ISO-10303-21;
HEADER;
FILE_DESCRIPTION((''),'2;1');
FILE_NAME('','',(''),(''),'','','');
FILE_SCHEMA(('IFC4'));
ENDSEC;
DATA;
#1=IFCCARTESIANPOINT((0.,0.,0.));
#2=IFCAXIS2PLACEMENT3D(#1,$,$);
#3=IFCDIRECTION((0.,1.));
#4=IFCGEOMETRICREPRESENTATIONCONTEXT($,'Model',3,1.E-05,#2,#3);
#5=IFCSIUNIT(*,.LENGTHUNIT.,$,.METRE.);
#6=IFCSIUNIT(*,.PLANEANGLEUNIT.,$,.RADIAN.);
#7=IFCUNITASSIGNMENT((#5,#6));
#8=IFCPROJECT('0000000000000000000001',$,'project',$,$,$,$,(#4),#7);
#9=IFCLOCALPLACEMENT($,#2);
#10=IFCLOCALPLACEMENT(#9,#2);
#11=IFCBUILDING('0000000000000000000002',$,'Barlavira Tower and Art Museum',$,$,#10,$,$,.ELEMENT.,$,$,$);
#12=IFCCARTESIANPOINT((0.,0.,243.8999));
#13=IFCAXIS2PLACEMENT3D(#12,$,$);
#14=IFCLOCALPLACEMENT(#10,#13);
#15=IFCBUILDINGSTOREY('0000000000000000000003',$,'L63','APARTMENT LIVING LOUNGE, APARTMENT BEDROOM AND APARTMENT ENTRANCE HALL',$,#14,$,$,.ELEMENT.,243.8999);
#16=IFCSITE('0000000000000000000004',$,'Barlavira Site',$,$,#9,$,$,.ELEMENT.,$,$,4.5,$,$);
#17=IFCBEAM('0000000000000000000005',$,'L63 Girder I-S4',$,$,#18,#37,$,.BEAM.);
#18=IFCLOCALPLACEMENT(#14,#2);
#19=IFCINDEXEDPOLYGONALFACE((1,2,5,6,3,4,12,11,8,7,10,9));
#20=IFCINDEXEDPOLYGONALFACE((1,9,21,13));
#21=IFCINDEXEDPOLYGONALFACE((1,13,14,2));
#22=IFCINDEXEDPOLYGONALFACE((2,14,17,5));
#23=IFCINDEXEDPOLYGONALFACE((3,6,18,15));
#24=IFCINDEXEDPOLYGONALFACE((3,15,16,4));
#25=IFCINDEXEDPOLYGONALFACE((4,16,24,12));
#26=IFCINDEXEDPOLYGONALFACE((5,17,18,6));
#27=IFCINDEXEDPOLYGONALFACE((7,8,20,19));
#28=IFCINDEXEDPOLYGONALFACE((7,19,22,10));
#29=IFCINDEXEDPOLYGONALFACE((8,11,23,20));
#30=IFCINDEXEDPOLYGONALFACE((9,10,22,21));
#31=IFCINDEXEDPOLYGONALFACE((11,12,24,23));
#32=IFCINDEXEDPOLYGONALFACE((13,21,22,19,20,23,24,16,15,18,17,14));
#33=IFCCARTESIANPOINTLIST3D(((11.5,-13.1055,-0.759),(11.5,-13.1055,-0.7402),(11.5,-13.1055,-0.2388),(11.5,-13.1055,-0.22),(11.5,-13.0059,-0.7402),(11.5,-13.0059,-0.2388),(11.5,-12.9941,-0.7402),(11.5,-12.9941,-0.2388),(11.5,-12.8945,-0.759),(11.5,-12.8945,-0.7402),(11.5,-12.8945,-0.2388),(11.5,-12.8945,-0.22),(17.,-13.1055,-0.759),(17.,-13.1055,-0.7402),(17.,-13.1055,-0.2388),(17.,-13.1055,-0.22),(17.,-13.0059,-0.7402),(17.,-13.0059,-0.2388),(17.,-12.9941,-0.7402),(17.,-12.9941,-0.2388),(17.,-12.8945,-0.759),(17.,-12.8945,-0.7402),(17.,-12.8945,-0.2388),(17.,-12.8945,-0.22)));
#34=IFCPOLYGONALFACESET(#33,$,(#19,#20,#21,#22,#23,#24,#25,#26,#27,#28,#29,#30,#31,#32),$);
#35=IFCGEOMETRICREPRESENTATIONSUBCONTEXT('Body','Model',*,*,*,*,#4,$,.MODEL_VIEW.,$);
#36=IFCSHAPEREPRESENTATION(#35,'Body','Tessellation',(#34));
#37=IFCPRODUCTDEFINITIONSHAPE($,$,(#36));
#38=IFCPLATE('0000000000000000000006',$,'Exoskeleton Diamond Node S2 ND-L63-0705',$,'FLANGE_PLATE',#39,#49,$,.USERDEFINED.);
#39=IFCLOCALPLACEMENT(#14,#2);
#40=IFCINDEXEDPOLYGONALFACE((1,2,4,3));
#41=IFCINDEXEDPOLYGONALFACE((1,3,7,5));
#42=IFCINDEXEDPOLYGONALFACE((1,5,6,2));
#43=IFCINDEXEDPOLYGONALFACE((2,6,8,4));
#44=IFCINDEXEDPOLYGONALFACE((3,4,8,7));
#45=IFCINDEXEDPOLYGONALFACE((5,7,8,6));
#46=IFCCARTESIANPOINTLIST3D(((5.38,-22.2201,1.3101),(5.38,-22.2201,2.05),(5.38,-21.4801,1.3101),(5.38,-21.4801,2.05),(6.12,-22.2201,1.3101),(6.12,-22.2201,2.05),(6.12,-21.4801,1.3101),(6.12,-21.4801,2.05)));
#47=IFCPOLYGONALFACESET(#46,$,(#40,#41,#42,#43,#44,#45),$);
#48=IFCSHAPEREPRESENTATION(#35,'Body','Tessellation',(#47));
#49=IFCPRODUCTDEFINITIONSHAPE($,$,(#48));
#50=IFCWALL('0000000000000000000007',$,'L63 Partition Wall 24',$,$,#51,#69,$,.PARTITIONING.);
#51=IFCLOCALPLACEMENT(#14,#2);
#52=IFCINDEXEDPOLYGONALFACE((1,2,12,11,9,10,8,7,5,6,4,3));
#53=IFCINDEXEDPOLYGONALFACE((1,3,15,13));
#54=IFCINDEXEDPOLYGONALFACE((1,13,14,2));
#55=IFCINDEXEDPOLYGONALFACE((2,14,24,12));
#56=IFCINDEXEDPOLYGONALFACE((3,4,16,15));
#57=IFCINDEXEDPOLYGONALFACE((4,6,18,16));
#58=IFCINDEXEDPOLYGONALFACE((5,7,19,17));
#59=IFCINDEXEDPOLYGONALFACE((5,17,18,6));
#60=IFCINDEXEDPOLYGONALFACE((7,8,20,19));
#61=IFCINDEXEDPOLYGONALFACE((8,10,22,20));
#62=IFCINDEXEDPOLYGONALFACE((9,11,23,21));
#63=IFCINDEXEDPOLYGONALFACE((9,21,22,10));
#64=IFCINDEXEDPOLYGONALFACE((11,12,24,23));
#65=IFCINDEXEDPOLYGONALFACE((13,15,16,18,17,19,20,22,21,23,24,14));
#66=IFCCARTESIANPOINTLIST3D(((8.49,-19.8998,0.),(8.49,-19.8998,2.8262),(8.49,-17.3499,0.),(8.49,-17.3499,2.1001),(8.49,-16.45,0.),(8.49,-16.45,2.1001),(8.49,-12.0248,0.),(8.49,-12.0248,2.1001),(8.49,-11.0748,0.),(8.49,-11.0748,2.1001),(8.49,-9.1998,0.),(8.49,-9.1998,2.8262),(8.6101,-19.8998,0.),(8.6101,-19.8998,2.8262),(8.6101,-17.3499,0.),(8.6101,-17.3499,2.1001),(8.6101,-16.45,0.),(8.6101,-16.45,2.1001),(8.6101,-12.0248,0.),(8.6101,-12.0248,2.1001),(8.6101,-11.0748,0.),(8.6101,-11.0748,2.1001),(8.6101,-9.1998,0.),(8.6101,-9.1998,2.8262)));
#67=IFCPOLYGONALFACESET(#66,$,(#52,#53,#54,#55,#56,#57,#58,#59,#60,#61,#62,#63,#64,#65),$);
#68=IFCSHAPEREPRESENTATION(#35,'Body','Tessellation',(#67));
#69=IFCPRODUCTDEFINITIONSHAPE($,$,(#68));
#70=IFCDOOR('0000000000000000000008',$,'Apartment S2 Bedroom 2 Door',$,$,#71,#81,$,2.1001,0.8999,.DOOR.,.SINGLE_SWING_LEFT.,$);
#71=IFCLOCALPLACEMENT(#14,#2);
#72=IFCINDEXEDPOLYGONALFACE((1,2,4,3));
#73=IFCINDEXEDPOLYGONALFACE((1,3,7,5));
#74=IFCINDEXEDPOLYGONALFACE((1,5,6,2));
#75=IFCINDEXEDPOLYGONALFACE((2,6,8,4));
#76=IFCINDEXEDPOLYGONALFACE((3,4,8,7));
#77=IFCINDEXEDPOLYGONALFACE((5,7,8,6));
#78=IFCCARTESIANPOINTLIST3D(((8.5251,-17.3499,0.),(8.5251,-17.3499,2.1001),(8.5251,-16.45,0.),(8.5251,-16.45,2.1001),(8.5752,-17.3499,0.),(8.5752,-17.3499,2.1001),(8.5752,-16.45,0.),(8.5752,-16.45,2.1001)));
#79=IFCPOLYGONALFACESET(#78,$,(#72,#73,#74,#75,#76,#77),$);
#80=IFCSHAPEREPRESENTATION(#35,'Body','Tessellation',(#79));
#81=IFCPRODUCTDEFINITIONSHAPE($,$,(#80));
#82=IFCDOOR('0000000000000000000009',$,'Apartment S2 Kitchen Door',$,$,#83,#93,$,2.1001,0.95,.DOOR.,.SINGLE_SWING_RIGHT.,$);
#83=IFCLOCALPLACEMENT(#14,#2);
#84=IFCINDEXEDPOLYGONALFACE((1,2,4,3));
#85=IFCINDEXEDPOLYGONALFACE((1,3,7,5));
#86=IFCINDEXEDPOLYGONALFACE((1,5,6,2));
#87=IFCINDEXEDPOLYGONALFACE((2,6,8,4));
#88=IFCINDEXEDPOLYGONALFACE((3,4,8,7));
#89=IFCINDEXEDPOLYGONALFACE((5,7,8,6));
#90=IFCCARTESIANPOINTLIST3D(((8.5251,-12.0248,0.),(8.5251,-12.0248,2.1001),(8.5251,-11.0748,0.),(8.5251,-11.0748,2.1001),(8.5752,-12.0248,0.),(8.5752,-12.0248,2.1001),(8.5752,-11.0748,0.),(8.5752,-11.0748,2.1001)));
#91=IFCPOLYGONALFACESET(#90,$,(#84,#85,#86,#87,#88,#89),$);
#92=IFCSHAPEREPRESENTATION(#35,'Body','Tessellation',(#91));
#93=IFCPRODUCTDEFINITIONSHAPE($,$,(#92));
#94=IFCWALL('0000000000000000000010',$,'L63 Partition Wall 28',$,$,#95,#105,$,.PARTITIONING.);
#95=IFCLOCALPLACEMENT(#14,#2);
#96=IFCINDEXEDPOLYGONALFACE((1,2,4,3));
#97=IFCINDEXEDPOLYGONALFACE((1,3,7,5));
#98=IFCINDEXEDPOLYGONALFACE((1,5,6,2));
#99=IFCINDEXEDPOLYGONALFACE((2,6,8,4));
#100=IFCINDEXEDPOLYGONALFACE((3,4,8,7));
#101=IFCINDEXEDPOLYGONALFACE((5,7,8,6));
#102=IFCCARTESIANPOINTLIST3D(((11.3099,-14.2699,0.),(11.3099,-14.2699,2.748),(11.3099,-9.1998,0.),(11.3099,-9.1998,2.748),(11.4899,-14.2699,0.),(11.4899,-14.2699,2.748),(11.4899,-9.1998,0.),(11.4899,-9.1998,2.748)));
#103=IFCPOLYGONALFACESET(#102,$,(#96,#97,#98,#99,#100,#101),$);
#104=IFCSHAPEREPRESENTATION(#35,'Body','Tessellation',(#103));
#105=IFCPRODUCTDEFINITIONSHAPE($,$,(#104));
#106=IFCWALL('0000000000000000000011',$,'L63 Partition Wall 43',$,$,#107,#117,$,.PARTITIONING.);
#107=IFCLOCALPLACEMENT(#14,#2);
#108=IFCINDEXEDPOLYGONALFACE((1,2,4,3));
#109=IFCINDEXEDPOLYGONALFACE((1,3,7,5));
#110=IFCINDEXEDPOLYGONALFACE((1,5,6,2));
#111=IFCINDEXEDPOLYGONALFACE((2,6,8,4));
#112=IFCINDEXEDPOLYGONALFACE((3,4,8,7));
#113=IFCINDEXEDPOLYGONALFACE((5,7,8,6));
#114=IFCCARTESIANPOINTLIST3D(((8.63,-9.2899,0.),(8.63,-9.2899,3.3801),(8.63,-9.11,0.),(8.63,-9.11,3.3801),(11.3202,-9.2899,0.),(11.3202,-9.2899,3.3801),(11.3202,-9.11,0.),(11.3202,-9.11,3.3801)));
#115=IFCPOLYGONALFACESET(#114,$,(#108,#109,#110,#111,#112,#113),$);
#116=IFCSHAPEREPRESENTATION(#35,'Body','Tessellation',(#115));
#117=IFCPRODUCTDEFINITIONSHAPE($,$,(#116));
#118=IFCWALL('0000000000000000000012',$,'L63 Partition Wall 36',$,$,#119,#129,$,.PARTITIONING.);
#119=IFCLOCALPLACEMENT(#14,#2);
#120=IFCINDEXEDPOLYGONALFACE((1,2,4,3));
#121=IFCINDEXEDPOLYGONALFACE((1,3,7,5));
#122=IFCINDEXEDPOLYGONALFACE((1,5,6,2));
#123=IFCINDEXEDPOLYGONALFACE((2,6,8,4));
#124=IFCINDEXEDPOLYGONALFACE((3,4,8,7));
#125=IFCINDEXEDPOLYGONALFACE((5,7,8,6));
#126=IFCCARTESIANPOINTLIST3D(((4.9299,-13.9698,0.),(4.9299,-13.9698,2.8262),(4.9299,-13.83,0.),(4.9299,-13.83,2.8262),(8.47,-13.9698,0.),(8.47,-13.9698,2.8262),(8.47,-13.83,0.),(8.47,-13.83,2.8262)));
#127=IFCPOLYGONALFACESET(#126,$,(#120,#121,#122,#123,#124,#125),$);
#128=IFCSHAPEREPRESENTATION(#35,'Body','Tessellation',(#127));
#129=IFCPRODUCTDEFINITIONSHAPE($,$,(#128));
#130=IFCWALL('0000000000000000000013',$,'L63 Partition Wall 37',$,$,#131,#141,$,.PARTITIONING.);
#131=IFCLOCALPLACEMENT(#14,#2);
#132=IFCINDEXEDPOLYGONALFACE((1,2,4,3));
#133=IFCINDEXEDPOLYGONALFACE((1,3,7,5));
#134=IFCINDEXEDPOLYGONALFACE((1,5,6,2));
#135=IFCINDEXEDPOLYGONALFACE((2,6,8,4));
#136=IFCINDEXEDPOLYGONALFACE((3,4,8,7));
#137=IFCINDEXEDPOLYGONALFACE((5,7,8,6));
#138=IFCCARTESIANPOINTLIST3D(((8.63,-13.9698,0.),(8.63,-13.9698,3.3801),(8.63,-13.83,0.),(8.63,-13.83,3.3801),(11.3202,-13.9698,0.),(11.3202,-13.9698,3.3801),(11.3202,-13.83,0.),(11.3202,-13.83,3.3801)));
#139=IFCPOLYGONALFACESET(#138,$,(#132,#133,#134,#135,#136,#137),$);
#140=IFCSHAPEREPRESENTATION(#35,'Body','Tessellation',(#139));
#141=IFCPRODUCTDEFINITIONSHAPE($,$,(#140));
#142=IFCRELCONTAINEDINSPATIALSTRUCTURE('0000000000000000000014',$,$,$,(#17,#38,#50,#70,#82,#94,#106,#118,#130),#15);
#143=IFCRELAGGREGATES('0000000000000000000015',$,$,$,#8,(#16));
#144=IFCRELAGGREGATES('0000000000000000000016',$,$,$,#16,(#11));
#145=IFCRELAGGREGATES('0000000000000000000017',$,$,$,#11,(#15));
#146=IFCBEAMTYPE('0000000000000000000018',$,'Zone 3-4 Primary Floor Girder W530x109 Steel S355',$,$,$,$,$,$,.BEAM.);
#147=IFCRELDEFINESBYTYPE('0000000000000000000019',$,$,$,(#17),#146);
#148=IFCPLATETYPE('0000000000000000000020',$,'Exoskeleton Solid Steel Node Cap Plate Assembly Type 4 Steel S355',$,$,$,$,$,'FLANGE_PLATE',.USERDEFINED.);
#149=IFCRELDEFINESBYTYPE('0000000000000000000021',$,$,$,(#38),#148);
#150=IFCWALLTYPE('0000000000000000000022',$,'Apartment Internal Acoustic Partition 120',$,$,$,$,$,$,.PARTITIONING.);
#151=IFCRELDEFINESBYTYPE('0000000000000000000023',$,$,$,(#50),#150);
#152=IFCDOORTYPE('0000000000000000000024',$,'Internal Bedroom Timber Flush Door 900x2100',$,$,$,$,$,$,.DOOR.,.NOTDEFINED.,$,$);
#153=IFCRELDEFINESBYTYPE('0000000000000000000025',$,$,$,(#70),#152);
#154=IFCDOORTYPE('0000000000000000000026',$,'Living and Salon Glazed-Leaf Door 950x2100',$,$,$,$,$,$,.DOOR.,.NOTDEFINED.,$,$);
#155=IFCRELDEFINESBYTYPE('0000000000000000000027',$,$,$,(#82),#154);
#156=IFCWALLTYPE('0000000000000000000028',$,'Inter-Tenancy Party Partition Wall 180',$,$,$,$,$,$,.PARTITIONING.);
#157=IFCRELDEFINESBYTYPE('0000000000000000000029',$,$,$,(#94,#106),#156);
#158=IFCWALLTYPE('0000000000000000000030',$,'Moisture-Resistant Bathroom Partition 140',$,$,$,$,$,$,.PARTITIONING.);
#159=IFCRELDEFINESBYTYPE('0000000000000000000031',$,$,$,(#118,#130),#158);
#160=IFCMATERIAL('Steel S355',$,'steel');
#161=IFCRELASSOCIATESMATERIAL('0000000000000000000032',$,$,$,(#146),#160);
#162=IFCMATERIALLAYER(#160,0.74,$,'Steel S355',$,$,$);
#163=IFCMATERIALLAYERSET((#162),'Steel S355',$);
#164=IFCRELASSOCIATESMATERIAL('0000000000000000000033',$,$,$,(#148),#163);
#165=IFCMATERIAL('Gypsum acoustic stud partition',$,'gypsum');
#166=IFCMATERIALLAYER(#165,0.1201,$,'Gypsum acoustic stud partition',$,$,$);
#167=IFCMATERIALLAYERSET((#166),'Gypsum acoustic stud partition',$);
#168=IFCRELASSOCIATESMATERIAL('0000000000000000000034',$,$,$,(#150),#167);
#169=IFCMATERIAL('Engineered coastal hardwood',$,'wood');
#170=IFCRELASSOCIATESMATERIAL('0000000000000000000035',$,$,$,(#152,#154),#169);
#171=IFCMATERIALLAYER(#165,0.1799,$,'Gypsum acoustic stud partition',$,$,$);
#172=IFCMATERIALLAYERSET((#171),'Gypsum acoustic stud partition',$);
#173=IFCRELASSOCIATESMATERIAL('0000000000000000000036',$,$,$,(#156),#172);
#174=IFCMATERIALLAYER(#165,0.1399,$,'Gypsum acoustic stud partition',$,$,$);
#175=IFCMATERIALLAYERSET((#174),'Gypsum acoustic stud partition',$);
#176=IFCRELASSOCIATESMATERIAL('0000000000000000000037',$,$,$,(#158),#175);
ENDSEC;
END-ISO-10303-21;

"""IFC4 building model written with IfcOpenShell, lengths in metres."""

from ifc_helpers import new_model, si_unit, direction, frame, frame_2d, origin, origin_2d, place, context, subcontext, project, spatial, rectangle, i_section, extrude, material, layer, layer_set, material_profile, profile_set, type_object, element, fill, save


model = new_model("IFC4")

# Units and contexts
model_context = context("Model", 3, precision=1e-05, world=origin(), true_north=direction((0.0, 1.0)))
body_context = subcontext(model_context, "Body", "Model", "MODEL_VIEW")
ifc_project = project(units=[si_unit("LENGTHUNIT", "METRE"), si_unit("PLANEANGLEUNIT", "RADIAN")], contexts=[model_context])

# Site, building, storey
site_placement = place(None, origin())
site = spatial("IfcSite", under=ifc_project, at=site_placement, Name="Barlavira Site", CompositionType="ELEMENT", RefElevation=4.5)
building_placement = place(site_placement, origin())
building = spatial("IfcBuilding", under=site, at=building_placement, Name="Barlavira Tower and Art Museum", CompositionType="ELEMENT")
storey_placement = place(building_placement, frame((0.0, 0.0, 243.8999)))
storey = spatial("IfcBuildingStorey", under=building, at=storey_placement, Name="L63", Description="APARTMENT LIVING LOUNGE, APARTMENT BEDROOM AND APARTMENT ENTRANCE HALL", CompositionType="ELEMENT", Elevation=243.8999)

# Beam
ifc_material_1 = material(Name="Steel S355", Category="steel")
ifc_material_profile_1 = material_profile(ifc_material_1, i_section(OverallWidth=0.2109, OverallDepth=0.5391, WebThickness=0.0117, FlangeThickness=0.0188, at=origin_2d()), Name="W530x109.0")
ifc_profile_set_1 = profile_set([ifc_material_profile_1], Name="Steel S355")
beam_type_1 = type_object("IfcBeamType", Name="Zone 3-4 Primary Floor Girder W530x109 Steel S355", PredefinedType="BEAM", material=ifc_profile_set_1)
beam_1_placement = place(storey_placement, frame((11.5, -13.0, -0.4895), z_axis=(1.0, 0.0, 0.0), x_axis=(0.0, 1.0, 0.0)))
element("IfcBeam", 1, at=beam_1_placement, inside=storey, type_object=beam_type_1, Name="L63 Girder I-S4", PredefinedType="BEAM", context=body_context, shape_type="SweptSolid", body=[
    extrude(i_section(OverallWidth=0.2109, OverallDepth=0.5391, WebThickness=0.0117, FlangeThickness=0.0188, at=origin_2d()), origin(), (0.0, 0.0, 1.0), 5.5),
])

# Plate
ifc_layer_1 = layer(ifc_material_1, 0.74, Name="Steel S355")
ifc_layer_set_1 = layer_set([ifc_layer_1], Name="Steel S355")
plate_type = type_object("IfcPlateType", Name="Exoskeleton Solid Steel Node Cap Plate Assembly Type 4 Steel S355", ElementType="FLANGE_PLATE", PredefinedType="USERDEFINED", material=ifc_layer_set_1)
plate_placement = place(storey_placement, frame((5.75, -21.8501, 1.3101), z_axis=(0.0, 0.0, 1.0), x_axis=(1.0, 0.0, 0.0)))
element("IfcPlate", 2, at=plate_placement, inside=storey, type_object=plate_type, Name="Exoskeleton Diamond Node S2 ND-L63-0705", ObjectType="FLANGE_PLATE", PredefinedType="USERDEFINED", context=body_context, shape_type="SweptSolid", body=[
    extrude(rectangle(XDim=0.74, YDim=0.74, at=origin_2d()), origin(), (0.0, 0.0, 1.0), 0.74),
])

# Wall, openings, doors
ifc_material_2 = material(Name="Gypsum acoustic stud partition", Category="gypsum")
ifc_layer_2 = layer(ifc_material_2, 0.1201, Name="Gypsum acoustic stud partition")
ifc_layer_set_2 = layer_set([ifc_layer_2], Name="Gypsum acoustic stud partition")
wall_type_1 = type_object("IfcWallType", Name="Apartment Internal Acoustic Partition 120", PredefinedType="PARTITIONING", material=ifc_layer_set_2)
wall_1_placement = place(storey_placement, frame((8.55, -19.8999, 0.0), z_axis=(0.0, 0.0, 1.0), x_axis=(0.0, 1.0, 0.0)))
wall_1 = element("IfcWall", 3, at=wall_1_placement, inside=storey, type_object=wall_type_1, Name="L63 Partition Wall 24", PredefinedType="PARTITIONING", context=body_context, shape_type="SweptSolid", body=[
    extrude(rectangle(XDim=10.7, YDim=0.1201, at=frame_2d((5.3501, 0.0))), origin(), (0.0, 0.0, 1.0), 2.8262),
])
opening_1_placement = place(wall_1_placement, frame((7.875, 0.0, 0.0)))
opening_1 = element("IfcOpeningElement", 4, at=opening_1_placement, cuts=wall_1, PredefinedType="OPENING", context=body_context, shape_type="SweptSolid", body=[
    extrude(rectangle(XDim=0.95, YDim=2.1001, at=frame_2d((0.4751, 1.05))), frame((0.0, 0.0701, 0.0), z_axis=(0.0, -1.0, 0.0), x_axis=(1.0, 0.0, 0.0)), (0.0, 0.0, 1.0), 0.1401),
])
opening_2_placement = place(wall_1_placement, frame((2.55, 0.0, 0.0)))
opening_2 = element("IfcOpeningElement", 5, at=opening_2_placement, cuts=wall_1, PredefinedType="OPENING", context=body_context, shape_type="SweptSolid", body=[
    extrude(rectangle(XDim=0.8999, YDim=2.1001, at=frame_2d((0.45, 1.05))), frame((0.0, 0.0701, 0.0), z_axis=(0.0, -1.0, 0.0), x_axis=(1.0, 0.0, 0.0)), (0.0, 0.0, 1.0), 0.1401),
])
ifc_material_3 = material(Name="Engineered coastal hardwood", Category="wood")
door_type_1 = type_object("IfcDoorType", Name="Internal Bedroom Timber Flush Door 900x2100", OperationType="NOTDEFINED", PredefinedType="DOOR", material=ifc_material_3)
door_1_placement = place(opening_2_placement, origin())
door_1 = element("IfcDoor", 6, at=door_1_placement, inside=storey, type_object=door_type_1, Name="Apartment S2 Bedroom 2 Door", OperationType="SINGLE_SWING_LEFT", OverallHeight=2.1001, OverallWidth=0.8999, PredefinedType="DOOR", context=body_context, shape_type="SweptSolid", body=[
    extrude(rectangle(XDim=0.8999, YDim=2.1001, at=frame_2d((0.45, 1.05))), frame((0.0, 0.0249, 0.0), z_axis=(0.0, -1.0, 0.0), x_axis=(1.0, 0.0, 0.0)), (0.0, 0.0, 1.0), 0.05),
])
fill(opening_2, door_1)
door_type_2 = type_object("IfcDoorType", Name="Living and Salon Glazed-Leaf Door 950x2100", OperationType="NOTDEFINED", PredefinedType="DOOR", material=ifc_material_3)
door_2_placement = place(opening_1_placement, origin())
door_2 = element("IfcDoor", 7, at=door_2_placement, inside=storey, type_object=door_type_2, Name="Apartment S2 Kitchen Door", OperationType="SINGLE_SWING_RIGHT", OverallHeight=2.1001, OverallWidth=0.95, PredefinedType="DOOR", context=body_context, shape_type="SweptSolid", body=[
    extrude(rectangle(XDim=0.95, YDim=2.1001, at=frame_2d((0.4751, 1.05))), frame((0.0, 0.0249, 0.0), z_axis=(0.0, -1.0, 0.0), x_axis=(1.0, 0.0, 0.0)), (0.0, 0.0, 1.0), 0.05),
])
fill(opening_1, door_2)

# Walls
ifc_layer_3 = layer(ifc_material_2, 0.1799, Name="Gypsum acoustic stud partition")
ifc_layer_set_3 = layer_set([ifc_layer_3], Name="Gypsum acoustic stud partition")
wall_type_2 = type_object("IfcWallType", Name="Inter-Tenancy Party Partition Wall 180", PredefinedType="PARTITIONING", material=ifc_layer_set_3)
wall_2_placement = place(storey_placement, frame((11.3999, -14.27, 0.0), z_axis=(0.0, 0.0, 1.0), x_axis=(0.0, 1.0, 0.0)))
element("IfcWall", 8, at=wall_2_placement, inside=storey, type_object=wall_type_2, Name="L63 Partition Wall 28", PredefinedType="PARTITIONING", context=body_context, shape_type="SweptSolid", body=[
    extrude(rectangle(XDim=5.0701, YDim=0.1799, at=frame_2d((2.5352, 0.0))), origin(), (0.0, 0.0, 1.0), 2.748),
])
wall_3_placement = place(storey_placement, frame((8.6299, -9.2, 0.0), z_axis=(0.0, 0.0, 1.0), x_axis=(1.0, 0.0, 0.0)))
element("IfcWall", 9, at=wall_3_placement, inside=storey, type_object=wall_type_2, Name="L63 Partition Wall 43", PredefinedType="PARTITIONING", context=body_context, shape_type="SweptSolid", body=[
    extrude(rectangle(XDim=2.6902, YDim=0.1799, at=frame_2d((1.3452, 0.0))), origin(), (0.0, 0.0, 1.0), 3.3801),
])
ifc_layer_4 = layer(ifc_material_2, 0.1399, Name="Gypsum acoustic stud partition")
ifc_layer_set_4 = layer_set([ifc_layer_4], Name="Gypsum acoustic stud partition")
wall_type_3 = type_object("IfcWallType", Name="Moisture-Resistant Bathroom Partition 140", PredefinedType="PARTITIONING", material=ifc_layer_set_4)
wall_4_placement = place(storey_placement, frame((4.9299, -13.8999, 0.0), z_axis=(0.0, 0.0, 1.0), x_axis=(1.0, 0.0, 0.0)))
element("IfcWall", 10, at=wall_4_placement, inside=storey, type_object=wall_type_3, Name="L63 Partition Wall 36", PredefinedType="PARTITIONING", context=body_context, shape_type="SweptSolid", body=[
    extrude(rectangle(XDim=3.54, YDim=0.1399, at=frame_2d((1.77, 0.0))), origin(), (0.0, 0.0, 1.0), 2.8262),
])
wall_5_placement = place(storey_placement, frame((8.6299, -13.8999, 0.0), z_axis=(0.0, 0.0, 1.0), x_axis=(1.0, 0.0, 0.0)))
element("IfcWall", 11, at=wall_5_placement, inside=storey, type_object=wall_type_3, Name="L63 Partition Wall 37", PredefinedType="PARTITIONING", context=body_context, shape_type="SweptSolid", body=[
    extrude(rectangle(XDim=2.6902, YDim=0.1399, at=frame_2d((1.3452, 0.0))), origin(), (0.0, 0.0, 1.0), 3.3801),
])

save(model, "model.ifc")
